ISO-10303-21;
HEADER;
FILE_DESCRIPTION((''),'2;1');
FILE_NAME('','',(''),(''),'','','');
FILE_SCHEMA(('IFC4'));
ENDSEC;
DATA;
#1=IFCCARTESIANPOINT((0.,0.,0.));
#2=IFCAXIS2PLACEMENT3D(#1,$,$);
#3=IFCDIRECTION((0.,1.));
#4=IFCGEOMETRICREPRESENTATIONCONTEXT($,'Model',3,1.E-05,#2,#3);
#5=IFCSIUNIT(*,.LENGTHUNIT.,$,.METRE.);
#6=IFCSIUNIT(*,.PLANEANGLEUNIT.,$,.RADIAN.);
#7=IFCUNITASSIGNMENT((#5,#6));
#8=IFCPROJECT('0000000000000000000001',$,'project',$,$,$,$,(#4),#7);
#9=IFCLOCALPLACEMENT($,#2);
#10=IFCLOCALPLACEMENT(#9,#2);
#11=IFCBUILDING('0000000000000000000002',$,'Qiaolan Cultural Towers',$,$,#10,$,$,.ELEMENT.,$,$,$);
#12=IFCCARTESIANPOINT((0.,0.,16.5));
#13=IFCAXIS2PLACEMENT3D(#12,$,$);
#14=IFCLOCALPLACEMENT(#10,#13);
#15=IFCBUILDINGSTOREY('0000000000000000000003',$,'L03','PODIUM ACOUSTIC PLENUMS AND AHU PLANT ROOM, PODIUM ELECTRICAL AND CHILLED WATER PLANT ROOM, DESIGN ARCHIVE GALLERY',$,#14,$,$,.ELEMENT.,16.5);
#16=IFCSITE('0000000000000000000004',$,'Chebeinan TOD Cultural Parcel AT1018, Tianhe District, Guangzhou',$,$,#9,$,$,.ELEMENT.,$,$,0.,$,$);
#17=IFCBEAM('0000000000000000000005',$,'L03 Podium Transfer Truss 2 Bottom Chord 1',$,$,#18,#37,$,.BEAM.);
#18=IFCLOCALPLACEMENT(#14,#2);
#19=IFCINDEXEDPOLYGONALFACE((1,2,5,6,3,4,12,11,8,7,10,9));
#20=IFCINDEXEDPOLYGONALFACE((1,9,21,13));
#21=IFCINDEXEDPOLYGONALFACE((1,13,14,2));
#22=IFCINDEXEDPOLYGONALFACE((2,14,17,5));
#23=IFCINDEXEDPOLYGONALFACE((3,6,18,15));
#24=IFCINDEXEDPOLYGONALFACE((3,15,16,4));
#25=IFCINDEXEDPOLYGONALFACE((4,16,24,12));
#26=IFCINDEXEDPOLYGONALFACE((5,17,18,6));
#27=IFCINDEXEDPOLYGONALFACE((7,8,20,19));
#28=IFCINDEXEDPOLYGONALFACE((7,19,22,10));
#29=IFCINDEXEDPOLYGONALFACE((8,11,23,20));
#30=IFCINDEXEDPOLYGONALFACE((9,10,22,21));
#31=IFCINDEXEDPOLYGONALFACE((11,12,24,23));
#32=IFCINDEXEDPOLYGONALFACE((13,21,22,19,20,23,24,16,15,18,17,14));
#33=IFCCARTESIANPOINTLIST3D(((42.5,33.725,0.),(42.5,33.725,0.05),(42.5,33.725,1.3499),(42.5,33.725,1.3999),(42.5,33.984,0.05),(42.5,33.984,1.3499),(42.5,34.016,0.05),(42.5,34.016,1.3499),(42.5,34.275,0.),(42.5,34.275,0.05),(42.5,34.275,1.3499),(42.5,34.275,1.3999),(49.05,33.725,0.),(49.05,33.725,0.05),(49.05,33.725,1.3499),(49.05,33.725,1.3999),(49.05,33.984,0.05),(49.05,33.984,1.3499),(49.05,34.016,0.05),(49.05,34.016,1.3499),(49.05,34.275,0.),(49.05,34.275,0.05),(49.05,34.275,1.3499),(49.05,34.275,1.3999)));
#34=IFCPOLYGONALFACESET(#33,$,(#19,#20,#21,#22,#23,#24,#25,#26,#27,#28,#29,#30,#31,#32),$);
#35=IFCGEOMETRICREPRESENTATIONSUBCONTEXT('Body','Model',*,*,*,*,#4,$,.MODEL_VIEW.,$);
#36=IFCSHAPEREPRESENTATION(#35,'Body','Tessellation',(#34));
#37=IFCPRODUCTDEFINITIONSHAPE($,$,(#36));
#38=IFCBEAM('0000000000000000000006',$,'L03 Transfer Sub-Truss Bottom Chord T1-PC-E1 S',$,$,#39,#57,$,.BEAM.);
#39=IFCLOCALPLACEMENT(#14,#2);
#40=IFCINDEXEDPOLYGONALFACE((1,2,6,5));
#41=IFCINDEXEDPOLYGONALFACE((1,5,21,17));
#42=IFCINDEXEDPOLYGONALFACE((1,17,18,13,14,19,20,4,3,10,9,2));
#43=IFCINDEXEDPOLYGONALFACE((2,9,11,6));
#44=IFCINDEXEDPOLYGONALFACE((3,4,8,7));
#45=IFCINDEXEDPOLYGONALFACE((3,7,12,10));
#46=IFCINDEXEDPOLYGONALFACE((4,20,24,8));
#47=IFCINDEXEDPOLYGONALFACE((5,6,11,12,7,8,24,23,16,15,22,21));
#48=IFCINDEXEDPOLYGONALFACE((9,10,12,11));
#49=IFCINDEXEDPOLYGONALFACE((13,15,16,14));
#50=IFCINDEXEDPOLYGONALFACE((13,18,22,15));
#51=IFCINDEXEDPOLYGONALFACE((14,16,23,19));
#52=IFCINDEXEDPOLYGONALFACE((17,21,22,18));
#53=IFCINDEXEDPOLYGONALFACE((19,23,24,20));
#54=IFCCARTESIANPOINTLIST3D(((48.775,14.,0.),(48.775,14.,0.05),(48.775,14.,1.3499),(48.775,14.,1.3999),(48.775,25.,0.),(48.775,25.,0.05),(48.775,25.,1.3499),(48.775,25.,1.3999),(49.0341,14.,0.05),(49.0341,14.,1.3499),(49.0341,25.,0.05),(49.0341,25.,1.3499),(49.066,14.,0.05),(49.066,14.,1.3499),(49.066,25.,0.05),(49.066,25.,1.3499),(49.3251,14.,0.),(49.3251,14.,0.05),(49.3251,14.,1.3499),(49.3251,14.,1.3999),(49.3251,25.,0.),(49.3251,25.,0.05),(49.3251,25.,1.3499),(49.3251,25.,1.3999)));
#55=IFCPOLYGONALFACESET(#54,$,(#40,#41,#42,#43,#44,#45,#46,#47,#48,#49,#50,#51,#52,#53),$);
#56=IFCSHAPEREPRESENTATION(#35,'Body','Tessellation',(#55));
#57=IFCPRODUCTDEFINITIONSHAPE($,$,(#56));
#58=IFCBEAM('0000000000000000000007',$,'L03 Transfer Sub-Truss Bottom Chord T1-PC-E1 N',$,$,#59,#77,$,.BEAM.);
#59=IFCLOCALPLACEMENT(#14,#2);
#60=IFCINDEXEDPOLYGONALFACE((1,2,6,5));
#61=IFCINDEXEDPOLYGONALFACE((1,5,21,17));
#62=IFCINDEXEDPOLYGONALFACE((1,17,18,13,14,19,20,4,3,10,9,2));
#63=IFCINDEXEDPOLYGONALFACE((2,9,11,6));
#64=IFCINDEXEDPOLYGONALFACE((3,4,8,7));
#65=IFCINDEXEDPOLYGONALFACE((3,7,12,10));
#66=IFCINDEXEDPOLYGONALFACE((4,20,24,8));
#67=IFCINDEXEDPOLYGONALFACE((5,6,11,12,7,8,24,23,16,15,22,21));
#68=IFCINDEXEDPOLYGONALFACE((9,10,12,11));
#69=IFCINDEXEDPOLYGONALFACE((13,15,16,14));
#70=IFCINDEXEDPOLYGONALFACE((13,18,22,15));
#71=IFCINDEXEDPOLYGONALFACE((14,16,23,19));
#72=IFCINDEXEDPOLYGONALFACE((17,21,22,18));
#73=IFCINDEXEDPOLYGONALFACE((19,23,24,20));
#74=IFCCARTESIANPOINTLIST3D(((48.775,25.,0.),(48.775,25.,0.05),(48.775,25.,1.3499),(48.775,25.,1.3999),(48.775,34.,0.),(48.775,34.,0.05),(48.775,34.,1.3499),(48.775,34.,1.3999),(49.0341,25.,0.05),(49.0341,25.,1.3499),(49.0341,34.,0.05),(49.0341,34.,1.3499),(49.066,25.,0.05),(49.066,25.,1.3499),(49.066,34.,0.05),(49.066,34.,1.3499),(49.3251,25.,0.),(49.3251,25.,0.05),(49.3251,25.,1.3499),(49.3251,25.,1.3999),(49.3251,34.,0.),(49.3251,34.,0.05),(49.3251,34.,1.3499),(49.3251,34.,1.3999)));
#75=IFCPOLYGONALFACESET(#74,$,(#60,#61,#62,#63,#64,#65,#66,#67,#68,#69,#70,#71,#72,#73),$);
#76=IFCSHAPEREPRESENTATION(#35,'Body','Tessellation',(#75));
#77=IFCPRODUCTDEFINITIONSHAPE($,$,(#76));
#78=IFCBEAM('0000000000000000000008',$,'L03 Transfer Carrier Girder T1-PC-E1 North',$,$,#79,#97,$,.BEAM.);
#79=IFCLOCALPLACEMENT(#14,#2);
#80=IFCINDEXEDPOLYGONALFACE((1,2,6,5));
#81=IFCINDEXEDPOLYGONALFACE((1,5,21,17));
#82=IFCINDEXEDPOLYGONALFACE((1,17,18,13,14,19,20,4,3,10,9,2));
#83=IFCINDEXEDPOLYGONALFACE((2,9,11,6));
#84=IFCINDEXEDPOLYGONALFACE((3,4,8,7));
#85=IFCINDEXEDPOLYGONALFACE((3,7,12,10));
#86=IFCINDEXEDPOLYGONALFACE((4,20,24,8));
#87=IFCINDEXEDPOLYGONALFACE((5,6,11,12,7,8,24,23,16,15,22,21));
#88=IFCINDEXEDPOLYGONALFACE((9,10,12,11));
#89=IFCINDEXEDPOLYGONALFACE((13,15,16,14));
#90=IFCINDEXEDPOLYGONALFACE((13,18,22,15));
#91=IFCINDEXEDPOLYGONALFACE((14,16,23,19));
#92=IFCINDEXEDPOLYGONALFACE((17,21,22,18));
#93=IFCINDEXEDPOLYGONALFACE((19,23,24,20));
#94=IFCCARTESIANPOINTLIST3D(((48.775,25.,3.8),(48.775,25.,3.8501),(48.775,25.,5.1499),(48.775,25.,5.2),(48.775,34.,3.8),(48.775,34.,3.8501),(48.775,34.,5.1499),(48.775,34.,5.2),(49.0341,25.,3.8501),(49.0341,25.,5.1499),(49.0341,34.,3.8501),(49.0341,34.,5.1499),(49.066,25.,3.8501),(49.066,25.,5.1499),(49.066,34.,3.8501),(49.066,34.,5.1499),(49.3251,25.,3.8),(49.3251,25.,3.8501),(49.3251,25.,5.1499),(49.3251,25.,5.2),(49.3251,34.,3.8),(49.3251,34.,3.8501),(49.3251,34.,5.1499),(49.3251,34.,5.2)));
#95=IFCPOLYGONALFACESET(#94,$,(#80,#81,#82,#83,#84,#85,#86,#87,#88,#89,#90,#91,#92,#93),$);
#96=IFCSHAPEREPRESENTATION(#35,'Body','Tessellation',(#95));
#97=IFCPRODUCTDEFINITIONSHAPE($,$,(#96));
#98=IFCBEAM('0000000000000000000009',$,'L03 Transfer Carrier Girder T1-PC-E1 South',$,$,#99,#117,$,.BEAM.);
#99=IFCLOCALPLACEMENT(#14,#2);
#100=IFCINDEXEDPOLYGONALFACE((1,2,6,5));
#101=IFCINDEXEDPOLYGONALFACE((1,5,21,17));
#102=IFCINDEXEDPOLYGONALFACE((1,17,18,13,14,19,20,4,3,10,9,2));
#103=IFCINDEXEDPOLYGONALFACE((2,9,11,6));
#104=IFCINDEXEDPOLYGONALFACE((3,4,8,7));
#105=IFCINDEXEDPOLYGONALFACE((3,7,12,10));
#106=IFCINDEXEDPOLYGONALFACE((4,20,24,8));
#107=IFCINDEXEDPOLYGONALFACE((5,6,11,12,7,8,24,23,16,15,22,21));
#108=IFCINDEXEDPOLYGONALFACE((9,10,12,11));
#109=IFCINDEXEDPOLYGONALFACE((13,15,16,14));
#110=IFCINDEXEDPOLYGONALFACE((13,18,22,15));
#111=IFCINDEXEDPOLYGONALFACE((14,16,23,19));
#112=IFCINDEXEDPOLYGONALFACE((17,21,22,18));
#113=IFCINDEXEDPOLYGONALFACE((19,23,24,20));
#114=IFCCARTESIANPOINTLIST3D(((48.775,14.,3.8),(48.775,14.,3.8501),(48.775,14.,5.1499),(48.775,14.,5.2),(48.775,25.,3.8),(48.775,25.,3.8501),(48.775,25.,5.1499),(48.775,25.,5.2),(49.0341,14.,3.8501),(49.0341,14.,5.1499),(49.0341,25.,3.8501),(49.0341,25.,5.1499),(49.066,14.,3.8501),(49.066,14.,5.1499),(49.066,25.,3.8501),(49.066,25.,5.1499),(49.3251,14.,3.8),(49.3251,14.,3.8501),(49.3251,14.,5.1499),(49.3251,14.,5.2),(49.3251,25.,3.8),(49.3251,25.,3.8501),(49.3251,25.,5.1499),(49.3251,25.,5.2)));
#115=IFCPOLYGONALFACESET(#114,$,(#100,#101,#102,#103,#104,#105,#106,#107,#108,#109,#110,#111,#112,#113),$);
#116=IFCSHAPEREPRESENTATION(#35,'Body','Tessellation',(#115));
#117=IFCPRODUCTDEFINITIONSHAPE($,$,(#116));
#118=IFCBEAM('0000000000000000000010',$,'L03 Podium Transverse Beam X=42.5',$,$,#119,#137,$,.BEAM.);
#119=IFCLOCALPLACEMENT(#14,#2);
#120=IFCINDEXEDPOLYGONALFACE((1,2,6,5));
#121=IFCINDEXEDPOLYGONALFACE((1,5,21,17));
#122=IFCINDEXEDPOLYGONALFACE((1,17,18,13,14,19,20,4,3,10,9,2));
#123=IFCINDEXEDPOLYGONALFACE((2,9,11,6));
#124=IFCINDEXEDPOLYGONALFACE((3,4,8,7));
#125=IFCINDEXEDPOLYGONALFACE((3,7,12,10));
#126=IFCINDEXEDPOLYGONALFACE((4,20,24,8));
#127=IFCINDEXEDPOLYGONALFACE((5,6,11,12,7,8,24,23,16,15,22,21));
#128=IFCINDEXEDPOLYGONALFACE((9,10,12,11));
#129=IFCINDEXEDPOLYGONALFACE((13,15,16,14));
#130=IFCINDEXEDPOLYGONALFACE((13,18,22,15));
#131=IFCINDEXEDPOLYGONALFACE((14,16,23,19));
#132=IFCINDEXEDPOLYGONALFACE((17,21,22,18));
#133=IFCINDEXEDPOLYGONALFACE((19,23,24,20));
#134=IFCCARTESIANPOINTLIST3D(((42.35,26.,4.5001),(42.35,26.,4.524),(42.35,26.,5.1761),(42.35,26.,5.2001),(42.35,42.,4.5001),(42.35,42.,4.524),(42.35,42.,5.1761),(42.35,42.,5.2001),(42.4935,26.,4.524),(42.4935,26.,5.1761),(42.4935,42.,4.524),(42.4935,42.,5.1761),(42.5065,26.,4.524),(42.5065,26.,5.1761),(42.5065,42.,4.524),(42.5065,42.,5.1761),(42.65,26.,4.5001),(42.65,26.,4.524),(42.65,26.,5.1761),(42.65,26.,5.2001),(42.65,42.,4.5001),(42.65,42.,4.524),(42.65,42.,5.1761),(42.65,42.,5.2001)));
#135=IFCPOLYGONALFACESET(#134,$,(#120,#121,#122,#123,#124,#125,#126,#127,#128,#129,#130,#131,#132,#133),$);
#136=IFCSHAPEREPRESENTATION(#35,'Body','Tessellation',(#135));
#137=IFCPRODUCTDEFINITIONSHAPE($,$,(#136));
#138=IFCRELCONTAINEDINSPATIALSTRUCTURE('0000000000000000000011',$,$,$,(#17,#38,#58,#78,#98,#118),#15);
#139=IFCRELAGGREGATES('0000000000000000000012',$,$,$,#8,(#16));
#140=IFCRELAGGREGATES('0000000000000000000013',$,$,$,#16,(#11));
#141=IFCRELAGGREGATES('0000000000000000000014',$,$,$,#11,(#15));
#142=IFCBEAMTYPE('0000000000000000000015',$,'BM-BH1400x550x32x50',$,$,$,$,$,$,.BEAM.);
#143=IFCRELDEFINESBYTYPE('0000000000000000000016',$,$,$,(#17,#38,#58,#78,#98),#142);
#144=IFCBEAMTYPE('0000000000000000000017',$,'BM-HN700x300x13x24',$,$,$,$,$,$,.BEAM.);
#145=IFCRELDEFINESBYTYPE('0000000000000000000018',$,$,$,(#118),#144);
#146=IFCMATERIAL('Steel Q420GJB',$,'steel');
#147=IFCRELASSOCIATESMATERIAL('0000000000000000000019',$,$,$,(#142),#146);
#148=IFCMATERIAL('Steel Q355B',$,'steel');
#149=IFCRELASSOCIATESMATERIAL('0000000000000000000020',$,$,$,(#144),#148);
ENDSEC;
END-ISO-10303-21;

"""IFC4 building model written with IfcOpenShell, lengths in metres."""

from ifc_helpers import new_model, si_unit, direction, frame, origin, origin_2d, place, context, subcontext, project, spatial, i_section, extrude, material, material_profile, profile_set, type_object, element, save


model = new_model("IFC4")

# Units and contexts
model_context = context("Model", 3, precision=1e-05, world=origin(), true_north=direction((0.0, 1.0)))
body_context = subcontext(model_context, "Body", "Model", "MODEL_VIEW")
ifc_project = project(units=[si_unit("LENGTHUNIT", "METRE"), si_unit("PLANEANGLEUNIT", "RADIAN")], contexts=[model_context])

# Site, building, storey
site_placement = place(None, origin())
site = spatial("IfcSite", under=ifc_project, at=site_placement, Name="Chebeinan TOD Cultural Parcel AT1018, Tianhe District, Guangzhou", CompositionType="ELEMENT", RefElevation=0.0)
building_placement = place(site_placement, origin())
building = spatial("IfcBuilding", under=site, at=building_placement, Name="Qiaolan Cultural Towers", CompositionType="ELEMENT")
storey_placement = place(building_placement, frame((0.0, 0.0, 16.5)))
storey = spatial("IfcBuildingStorey", under=building, at=storey_placement, Name="L03", Description="PODIUM ACOUSTIC PLENUMS AND AHU PLANT ROOM, PODIUM ELECTRICAL AND CHILLED WATER PLANT ROOM, DESIGN ARCHIVE GALLERY", CompositionType="ELEMENT", Elevation=16.5)

# Beams
ifc_material_1 = material(Name="Steel Q420GJB", Category="steel")
ifc_material_profile_1 = material_profile(ifc_material_1, i_section(OverallWidth=0.55, OverallDepth=1.3999, WebThickness=0.032, FlangeThickness=0.05, at=origin_2d()), Name="BH1400x550x32x50")
ifc_profile_set_1 = profile_set([ifc_material_profile_1], Name="Steel Q420GJB")
beam_type_1 = type_object("IfcBeamType", Name="BM-BH1400x550x32x50", PredefinedType="BEAM", material=ifc_profile_set_1)
beam_1_placement = place(storey_placement, frame((42.5, 34.0, 0.7), z_axis=(1.0, 0.0, 0.0), x_axis=(0.0, 1.0, 0.0)))
element("IfcBeam", 1, at=beam_1_placement, inside=storey, type_object=beam_type_1, Name="L03 Podium Transfer Truss 2 Bottom Chord 1", PredefinedType="BEAM", context=body_context, shape_type="SweptSolid", body=[
    extrude(i_section(OverallWidth=0.55, OverallDepth=1.3999, WebThickness=0.032, FlangeThickness=0.05, at=origin_2d()), origin(), (0.0, 0.0, 1.0), 6.55),
])
beam_2_placement = place(storey_placement, frame((49.05, 14.0, 0.7), z_axis=(0.0, 1.0, 0.0), x_axis=(-1.0, 0.0, 0.0)))
element("IfcBeam", 2, at=beam_2_placement, inside=storey, type_object=beam_type_1, Name="L03 Transfer Sub-Truss Bottom Chord T1-PC-E1 S", PredefinedType="BEAM", context=body_context, shape_type="SweptSolid", body=[
    extrude(i_section(OverallWidth=0.55, OverallDepth=1.3999, WebThickness=0.032, FlangeThickness=0.05, at=origin_2d()), origin(), (0.0, 0.0, 1.0), 11.0),
])
for number, where, z_axis, x_axis, name in (
    (3, (49.05, 25.0, 0.7), (0.0, 1.0, 0.0), (-1.0, 0.0, 0.0), "L03 Transfer Sub-Truss Bottom Chord T1-PC-E1 N"),
    (4, (49.05, 25.0, 4.5), (0.0, 1.0, 0.0), (-1.0, 0.0, 0.0), "L03 Transfer Carrier Girder T1-PC-E1 North"),
):
    element("IfcBeam", number, at=place(storey_placement, frame(where, z_axis=z_axis, x_axis=x_axis)), inside=storey, type_object=beam_type_1, Name=name, PredefinedType="BEAM", context=body_context, shape_type="SweptSolid", body=[
        extrude(i_section(OverallWidth=0.55, OverallDepth=1.3999, WebThickness=0.032, FlangeThickness=0.05, at=origin_2d()), origin(), (0.0, 0.0, 1.0), 9.0),
    ])
beam_3_placement = place(storey_placement, frame((49.05, 14.0, 4.5), z_axis=(0.0, 1.0, 0.0), x_axis=(-1.0, 0.0, 0.0)))
element("IfcBeam", 5, at=beam_3_placement, inside=storey, type_object=beam_type_1, Name="L03 Transfer Carrier Girder T1-PC-E1 South", PredefinedType="BEAM", context=body_context, shape_type="SweptSolid", body=[
    extrude(i_section(OverallWidth=0.55, OverallDepth=1.3999, WebThickness=0.032, FlangeThickness=0.05, at=origin_2d()), origin(), (0.0, 0.0, 1.0), 11.0),
])
ifc_material_2 = material(Name="Steel Q355B", Category="steel")
ifc_material_profile_2 = material_profile(ifc_material_2, i_section(OverallWidth=0.3, OverallDepth=0.7, WebThickness=0.0129, FlangeThickness=0.0239, at=origin_2d()), Name="HN700x300x13x24")
ifc_profile_set_2 = profile_set([ifc_material_profile_2], Name="Steel Q355B")
beam_type_2 = type_object("IfcBeamType", Name="BM-HN700x300x13x24", PredefinedType="BEAM", material=ifc_profile_set_2)
beam_4_placement = place(storey_placement, frame((42.5, 26.0, 4.8501), z_axis=(0.0, 1.0, 0.0), x_axis=(-1.0, 0.0, 0.0)))
element("IfcBeam", 6, at=beam_4_placement, inside=storey, type_object=beam_type_2, Name="L03 Podium Transverse Beam X=42.5", PredefinedType="BEAM", context=body_context, shape_type="SweptSolid", body=[
    extrude(i_section(OverallWidth=0.3, OverallDepth=0.7, WebThickness=0.0129, FlangeThickness=0.0239, at=origin_2d()), origin(), (0.0, 0.0, 1.0), 16.0),
])

save(model, "model.ifc")
